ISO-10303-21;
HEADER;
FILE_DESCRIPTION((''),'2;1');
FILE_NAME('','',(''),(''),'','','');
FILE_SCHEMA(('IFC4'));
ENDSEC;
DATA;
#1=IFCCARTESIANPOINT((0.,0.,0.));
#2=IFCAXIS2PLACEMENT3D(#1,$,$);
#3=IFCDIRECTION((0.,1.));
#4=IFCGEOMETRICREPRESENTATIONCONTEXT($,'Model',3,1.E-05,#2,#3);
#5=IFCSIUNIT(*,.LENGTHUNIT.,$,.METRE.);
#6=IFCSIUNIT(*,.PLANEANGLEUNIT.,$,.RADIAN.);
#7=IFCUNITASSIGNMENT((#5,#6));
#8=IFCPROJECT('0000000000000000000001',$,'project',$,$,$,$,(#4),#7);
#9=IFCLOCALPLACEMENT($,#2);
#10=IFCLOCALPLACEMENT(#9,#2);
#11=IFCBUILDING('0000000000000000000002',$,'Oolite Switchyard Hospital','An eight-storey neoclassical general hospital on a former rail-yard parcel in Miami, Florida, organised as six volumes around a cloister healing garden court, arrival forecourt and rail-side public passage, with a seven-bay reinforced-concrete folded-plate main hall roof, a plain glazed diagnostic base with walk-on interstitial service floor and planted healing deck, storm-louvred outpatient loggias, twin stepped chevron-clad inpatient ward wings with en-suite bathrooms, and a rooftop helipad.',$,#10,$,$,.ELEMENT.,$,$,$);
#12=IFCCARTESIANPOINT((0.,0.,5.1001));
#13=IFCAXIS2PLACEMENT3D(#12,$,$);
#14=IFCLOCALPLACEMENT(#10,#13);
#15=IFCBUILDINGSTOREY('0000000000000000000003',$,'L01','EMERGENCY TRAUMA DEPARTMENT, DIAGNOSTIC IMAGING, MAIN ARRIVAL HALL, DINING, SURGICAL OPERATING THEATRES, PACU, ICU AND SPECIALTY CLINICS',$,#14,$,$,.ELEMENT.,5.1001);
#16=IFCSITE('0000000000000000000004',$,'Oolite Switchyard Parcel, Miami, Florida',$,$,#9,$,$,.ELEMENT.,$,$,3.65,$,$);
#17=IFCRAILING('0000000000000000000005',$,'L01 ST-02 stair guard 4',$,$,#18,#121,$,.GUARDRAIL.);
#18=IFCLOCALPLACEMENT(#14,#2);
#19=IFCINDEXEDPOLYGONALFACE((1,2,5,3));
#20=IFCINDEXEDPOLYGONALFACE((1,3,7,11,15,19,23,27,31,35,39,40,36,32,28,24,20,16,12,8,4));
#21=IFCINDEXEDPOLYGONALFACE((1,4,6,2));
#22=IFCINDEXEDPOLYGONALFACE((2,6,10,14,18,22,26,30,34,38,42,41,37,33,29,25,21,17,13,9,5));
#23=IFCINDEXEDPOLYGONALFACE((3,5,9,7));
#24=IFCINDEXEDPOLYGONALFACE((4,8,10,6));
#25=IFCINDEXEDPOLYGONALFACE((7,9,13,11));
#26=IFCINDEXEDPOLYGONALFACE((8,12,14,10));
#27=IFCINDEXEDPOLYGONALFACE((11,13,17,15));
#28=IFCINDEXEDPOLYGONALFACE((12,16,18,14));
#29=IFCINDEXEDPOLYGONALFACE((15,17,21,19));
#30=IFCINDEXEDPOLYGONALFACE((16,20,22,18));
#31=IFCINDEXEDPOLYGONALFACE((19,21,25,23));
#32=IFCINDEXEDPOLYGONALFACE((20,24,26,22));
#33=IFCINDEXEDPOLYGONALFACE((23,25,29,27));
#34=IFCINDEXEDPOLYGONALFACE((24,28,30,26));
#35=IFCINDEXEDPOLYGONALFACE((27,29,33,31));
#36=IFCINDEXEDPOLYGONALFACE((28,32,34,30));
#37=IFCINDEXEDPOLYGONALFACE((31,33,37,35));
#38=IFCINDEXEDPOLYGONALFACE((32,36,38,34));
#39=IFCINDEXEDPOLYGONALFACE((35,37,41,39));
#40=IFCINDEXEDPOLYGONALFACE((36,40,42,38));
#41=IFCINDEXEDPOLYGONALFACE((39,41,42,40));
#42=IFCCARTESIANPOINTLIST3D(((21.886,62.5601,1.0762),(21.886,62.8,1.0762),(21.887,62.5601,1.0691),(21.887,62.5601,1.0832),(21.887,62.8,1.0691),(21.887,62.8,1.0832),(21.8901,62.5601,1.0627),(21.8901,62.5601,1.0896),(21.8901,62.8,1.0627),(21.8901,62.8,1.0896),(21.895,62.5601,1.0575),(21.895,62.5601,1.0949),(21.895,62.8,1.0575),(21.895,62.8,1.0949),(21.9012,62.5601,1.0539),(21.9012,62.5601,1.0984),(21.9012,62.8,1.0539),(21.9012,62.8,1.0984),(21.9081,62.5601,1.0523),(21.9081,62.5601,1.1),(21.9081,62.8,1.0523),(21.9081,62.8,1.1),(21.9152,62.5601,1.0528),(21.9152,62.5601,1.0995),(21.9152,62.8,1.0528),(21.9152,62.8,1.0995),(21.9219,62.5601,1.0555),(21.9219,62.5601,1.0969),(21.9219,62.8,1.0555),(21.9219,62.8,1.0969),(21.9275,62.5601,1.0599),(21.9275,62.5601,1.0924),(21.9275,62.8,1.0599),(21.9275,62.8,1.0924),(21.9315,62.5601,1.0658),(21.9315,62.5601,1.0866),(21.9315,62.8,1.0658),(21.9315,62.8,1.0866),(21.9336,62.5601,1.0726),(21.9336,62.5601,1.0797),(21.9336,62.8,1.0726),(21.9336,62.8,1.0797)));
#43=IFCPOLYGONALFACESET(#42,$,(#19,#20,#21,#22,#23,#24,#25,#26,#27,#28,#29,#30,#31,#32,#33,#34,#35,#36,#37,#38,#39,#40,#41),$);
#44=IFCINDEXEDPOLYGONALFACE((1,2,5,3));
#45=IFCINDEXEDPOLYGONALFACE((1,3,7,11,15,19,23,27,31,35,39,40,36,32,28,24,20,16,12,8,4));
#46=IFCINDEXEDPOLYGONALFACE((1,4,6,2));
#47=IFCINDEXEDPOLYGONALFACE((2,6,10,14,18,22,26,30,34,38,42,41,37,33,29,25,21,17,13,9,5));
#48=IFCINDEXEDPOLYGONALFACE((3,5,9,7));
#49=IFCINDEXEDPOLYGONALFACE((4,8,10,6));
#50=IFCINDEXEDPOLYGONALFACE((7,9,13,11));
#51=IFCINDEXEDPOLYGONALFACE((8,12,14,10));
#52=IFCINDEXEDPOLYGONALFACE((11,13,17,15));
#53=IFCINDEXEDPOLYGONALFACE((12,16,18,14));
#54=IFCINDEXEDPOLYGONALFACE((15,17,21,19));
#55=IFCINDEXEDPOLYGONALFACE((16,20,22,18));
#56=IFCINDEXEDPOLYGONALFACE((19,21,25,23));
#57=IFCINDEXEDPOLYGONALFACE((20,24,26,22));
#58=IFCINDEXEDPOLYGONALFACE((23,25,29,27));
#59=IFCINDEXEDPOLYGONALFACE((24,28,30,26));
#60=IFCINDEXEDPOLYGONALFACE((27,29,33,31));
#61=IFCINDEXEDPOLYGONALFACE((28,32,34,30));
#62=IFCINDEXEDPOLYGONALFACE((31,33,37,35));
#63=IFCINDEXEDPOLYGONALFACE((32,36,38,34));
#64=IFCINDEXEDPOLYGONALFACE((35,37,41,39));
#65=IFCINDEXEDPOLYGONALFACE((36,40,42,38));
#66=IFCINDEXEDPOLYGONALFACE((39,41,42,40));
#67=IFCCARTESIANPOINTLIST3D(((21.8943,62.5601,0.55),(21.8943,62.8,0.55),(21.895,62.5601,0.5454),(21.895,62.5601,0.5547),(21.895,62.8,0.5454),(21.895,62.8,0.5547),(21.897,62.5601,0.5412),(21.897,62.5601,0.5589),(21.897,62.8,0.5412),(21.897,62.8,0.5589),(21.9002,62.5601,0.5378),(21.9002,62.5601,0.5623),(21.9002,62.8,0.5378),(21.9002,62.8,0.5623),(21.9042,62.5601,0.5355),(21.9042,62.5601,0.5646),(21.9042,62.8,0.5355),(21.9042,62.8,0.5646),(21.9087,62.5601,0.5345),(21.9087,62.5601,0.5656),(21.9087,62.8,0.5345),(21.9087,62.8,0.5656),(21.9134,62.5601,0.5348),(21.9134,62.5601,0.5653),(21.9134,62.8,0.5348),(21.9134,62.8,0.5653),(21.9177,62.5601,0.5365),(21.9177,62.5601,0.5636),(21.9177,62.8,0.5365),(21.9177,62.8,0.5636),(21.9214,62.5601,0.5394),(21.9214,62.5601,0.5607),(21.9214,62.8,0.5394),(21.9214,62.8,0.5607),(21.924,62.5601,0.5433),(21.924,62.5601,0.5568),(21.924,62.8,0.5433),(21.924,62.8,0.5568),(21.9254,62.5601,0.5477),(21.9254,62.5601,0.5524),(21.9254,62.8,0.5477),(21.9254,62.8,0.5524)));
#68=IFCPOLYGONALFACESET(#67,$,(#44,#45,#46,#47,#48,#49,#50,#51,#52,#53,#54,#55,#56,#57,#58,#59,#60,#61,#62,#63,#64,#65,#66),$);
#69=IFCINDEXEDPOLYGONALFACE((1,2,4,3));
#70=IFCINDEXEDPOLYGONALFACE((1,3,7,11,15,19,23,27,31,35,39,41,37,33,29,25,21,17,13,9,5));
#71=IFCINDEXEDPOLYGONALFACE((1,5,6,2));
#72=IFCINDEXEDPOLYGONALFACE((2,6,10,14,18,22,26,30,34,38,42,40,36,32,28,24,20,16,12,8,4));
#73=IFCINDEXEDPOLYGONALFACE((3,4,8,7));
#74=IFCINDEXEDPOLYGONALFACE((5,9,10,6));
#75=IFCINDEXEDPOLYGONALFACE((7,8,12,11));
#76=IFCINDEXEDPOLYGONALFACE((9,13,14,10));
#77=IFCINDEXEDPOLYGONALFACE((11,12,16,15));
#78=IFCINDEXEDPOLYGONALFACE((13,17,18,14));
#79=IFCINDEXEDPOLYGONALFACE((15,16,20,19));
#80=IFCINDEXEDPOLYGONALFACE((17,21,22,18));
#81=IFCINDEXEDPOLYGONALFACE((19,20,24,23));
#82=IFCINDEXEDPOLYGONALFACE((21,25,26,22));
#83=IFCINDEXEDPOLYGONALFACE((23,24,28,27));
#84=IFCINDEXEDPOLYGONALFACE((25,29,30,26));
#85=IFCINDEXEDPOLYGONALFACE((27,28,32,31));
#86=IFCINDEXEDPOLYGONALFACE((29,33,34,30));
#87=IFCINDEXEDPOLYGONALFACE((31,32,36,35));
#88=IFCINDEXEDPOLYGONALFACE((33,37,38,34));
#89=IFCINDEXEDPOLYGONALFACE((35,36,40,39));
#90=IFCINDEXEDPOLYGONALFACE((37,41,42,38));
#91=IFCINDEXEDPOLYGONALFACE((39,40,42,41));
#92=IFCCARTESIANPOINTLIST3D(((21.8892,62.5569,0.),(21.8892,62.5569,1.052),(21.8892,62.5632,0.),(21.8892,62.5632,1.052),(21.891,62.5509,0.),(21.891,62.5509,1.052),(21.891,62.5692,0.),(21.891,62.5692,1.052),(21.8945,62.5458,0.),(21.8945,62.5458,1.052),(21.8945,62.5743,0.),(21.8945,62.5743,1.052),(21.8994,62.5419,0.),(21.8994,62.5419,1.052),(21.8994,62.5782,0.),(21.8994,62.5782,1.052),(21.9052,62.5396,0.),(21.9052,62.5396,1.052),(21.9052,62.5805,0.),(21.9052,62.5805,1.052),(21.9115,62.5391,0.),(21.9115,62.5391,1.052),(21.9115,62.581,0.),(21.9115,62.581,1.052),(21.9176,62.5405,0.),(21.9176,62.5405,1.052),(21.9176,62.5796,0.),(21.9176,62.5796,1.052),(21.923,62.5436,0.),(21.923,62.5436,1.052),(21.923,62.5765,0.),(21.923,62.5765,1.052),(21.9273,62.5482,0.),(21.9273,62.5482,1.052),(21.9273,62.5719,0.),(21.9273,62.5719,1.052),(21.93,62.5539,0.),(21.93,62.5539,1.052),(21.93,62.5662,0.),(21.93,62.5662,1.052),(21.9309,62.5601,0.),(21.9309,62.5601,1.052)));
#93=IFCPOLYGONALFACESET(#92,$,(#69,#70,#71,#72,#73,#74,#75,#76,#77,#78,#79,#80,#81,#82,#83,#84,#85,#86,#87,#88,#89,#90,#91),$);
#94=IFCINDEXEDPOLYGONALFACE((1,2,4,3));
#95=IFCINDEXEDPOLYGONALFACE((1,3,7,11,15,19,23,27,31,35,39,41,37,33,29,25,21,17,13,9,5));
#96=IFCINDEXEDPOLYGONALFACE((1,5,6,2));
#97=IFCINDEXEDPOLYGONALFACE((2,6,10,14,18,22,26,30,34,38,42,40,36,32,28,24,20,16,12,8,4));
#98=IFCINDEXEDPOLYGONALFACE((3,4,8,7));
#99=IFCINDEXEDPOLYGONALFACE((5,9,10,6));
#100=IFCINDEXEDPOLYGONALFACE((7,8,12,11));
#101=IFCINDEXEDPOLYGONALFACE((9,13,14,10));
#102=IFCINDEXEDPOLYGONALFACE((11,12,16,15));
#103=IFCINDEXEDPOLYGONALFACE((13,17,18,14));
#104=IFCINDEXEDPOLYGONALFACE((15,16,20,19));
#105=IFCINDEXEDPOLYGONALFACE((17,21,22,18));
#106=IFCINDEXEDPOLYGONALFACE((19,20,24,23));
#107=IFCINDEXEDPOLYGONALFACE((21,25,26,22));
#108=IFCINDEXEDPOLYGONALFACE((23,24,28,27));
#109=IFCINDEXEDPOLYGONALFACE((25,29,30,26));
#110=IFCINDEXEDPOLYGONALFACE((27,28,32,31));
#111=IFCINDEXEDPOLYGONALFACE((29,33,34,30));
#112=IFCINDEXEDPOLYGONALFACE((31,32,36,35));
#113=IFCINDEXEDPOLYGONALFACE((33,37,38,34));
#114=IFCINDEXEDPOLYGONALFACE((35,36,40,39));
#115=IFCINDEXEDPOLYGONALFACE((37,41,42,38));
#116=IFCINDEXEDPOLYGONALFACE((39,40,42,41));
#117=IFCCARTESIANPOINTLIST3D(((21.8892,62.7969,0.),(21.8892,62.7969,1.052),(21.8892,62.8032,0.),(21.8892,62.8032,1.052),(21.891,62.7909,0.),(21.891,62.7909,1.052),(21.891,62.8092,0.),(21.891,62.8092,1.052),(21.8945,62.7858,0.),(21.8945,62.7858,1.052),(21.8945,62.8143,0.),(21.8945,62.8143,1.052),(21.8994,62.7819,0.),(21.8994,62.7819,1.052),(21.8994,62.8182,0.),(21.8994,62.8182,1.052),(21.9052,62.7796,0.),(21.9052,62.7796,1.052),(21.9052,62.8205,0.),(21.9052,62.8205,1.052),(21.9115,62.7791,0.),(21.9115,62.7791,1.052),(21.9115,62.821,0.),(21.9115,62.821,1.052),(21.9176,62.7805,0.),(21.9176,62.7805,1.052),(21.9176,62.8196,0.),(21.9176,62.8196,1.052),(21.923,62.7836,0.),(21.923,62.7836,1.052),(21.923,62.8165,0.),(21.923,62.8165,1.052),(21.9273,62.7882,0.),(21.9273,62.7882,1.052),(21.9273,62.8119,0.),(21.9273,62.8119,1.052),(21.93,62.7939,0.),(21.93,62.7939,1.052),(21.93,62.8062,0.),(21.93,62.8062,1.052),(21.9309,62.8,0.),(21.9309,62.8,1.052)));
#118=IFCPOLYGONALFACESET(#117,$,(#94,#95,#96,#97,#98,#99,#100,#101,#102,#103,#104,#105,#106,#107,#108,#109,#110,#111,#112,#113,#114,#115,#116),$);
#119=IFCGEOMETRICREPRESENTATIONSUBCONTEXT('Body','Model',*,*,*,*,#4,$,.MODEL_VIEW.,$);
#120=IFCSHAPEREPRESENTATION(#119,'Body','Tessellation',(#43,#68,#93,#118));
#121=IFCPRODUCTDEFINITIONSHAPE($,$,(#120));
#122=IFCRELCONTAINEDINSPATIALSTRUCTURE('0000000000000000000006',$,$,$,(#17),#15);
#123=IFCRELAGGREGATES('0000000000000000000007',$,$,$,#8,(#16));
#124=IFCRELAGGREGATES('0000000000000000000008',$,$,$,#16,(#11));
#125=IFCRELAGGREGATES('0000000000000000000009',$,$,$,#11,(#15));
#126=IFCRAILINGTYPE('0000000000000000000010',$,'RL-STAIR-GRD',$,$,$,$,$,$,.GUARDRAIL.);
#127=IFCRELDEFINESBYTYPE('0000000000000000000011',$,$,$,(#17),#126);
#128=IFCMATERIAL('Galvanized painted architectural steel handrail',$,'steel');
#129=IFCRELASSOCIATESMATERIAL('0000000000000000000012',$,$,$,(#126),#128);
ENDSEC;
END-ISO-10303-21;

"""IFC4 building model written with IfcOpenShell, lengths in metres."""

from ifc_helpers import new_model, si_unit, direction, frame, origin, origin_2d, place, context, subcontext, project, spatial, circle, extrude, material, type_object, element, save


model = new_model("IFC4")

# Units and contexts
model_context = context("Model", 3, precision=1e-05, world=origin(), true_north=direction((0.0, 1.0)))
body_context = subcontext(model_context, "Body", "Model", "MODEL_VIEW")
ifc_project = project(units=[si_unit("LENGTHUNIT", "METRE"), si_unit("PLANEANGLEUNIT", "RADIAN")], contexts=[model_context])

# Site, building, storey
site_placement = place(None, origin())
site = spatial("IfcSite", under=ifc_project, at=site_placement, Name="Oolite Switchyard Parcel, Miami, Florida", CompositionType="ELEMENT", RefElevation=3.65)
building_placement = place(site_placement, origin())
building = spatial("IfcBuilding", under=site, at=building_placement, Name="Oolite Switchyard Hospital", Description="An eight-storey neoclassical general hospital on a former rail-yard parcel in Miami, Florida, organised as six volumes around a cloister healing garden court, arrival forecourt and rail-side public passage, with a seven-bay reinforced-concrete folded-plate main hall roof, a plain glazed diagnostic base with walk-on interstitial service floor and planted healing deck, storm-louvred outpatient loggias, twin stepped chevron-clad inpatient ward wings with en-suite bathrooms, and a rooftop helipad.", CompositionType="ELEMENT")
storey_placement = place(building_placement, frame((0.0, 0.0, 5.1001)))
storey = spatial("IfcBuildingStorey", under=building, at=storey_placement, Name="L01", Description="EMERGENCY TRAUMA DEPARTMENT, DIAGNOSTIC IMAGING, MAIN ARRIVAL HALL, DINING, SURGICAL OPERATING THEATRES, PACU, ICU AND SPECIALTY CLINICS", CompositionType="ELEMENT", Elevation=5.1001)

# Railing
ifc_material_1 = material(Name="Galvanized painted architectural steel handrail", Category="steel")
railing_type_1 = type_object("IfcRailingType", Name="RL-STAIR-GRD", PredefinedType="GUARDRAIL", material=ifc_material_1)
railing_1_placement = place(storey_placement, frame((21.9099, 62.5601, 0.0)))
element("IfcRailing", 1, at=railing_1_placement, inside=storey, type_object=railing_type_1, Name="L01 ST-02 stair guard 4", PredefinedType="GUARDRAIL", context=body_context, shape_type="SweptSolid", body=[
    extrude(circle(Radius=0.0239, at=origin_2d()), frame((0.0, 0.0, 1.0762), z_axis=(0.0, 1.0, 0.0), x_axis=(-1.0, 0.0, 0.0)), (0.0, 0.0, 1.0), 0.24),
    extrude(circle(Radius=0.0156, at=origin_2d()), frame((0.0, 0.0, 0.55), z_axis=(0.0, 1.0, 0.0), x_axis=(-1.0, 0.0, 0.0)), (0.0, 0.0, 1.0), 0.24),
    extrude(circle(Radius=0.021, at=origin_2d()), origin(), (0.0, 0.0, 1.0), 1.052),
    extrude(circle(Radius=0.021, at=origin_2d()), frame((0.0, 0.24, 0.0)), (0.0, 0.0, 1.0), 1.052),
])

save(model, "model.ifc")
